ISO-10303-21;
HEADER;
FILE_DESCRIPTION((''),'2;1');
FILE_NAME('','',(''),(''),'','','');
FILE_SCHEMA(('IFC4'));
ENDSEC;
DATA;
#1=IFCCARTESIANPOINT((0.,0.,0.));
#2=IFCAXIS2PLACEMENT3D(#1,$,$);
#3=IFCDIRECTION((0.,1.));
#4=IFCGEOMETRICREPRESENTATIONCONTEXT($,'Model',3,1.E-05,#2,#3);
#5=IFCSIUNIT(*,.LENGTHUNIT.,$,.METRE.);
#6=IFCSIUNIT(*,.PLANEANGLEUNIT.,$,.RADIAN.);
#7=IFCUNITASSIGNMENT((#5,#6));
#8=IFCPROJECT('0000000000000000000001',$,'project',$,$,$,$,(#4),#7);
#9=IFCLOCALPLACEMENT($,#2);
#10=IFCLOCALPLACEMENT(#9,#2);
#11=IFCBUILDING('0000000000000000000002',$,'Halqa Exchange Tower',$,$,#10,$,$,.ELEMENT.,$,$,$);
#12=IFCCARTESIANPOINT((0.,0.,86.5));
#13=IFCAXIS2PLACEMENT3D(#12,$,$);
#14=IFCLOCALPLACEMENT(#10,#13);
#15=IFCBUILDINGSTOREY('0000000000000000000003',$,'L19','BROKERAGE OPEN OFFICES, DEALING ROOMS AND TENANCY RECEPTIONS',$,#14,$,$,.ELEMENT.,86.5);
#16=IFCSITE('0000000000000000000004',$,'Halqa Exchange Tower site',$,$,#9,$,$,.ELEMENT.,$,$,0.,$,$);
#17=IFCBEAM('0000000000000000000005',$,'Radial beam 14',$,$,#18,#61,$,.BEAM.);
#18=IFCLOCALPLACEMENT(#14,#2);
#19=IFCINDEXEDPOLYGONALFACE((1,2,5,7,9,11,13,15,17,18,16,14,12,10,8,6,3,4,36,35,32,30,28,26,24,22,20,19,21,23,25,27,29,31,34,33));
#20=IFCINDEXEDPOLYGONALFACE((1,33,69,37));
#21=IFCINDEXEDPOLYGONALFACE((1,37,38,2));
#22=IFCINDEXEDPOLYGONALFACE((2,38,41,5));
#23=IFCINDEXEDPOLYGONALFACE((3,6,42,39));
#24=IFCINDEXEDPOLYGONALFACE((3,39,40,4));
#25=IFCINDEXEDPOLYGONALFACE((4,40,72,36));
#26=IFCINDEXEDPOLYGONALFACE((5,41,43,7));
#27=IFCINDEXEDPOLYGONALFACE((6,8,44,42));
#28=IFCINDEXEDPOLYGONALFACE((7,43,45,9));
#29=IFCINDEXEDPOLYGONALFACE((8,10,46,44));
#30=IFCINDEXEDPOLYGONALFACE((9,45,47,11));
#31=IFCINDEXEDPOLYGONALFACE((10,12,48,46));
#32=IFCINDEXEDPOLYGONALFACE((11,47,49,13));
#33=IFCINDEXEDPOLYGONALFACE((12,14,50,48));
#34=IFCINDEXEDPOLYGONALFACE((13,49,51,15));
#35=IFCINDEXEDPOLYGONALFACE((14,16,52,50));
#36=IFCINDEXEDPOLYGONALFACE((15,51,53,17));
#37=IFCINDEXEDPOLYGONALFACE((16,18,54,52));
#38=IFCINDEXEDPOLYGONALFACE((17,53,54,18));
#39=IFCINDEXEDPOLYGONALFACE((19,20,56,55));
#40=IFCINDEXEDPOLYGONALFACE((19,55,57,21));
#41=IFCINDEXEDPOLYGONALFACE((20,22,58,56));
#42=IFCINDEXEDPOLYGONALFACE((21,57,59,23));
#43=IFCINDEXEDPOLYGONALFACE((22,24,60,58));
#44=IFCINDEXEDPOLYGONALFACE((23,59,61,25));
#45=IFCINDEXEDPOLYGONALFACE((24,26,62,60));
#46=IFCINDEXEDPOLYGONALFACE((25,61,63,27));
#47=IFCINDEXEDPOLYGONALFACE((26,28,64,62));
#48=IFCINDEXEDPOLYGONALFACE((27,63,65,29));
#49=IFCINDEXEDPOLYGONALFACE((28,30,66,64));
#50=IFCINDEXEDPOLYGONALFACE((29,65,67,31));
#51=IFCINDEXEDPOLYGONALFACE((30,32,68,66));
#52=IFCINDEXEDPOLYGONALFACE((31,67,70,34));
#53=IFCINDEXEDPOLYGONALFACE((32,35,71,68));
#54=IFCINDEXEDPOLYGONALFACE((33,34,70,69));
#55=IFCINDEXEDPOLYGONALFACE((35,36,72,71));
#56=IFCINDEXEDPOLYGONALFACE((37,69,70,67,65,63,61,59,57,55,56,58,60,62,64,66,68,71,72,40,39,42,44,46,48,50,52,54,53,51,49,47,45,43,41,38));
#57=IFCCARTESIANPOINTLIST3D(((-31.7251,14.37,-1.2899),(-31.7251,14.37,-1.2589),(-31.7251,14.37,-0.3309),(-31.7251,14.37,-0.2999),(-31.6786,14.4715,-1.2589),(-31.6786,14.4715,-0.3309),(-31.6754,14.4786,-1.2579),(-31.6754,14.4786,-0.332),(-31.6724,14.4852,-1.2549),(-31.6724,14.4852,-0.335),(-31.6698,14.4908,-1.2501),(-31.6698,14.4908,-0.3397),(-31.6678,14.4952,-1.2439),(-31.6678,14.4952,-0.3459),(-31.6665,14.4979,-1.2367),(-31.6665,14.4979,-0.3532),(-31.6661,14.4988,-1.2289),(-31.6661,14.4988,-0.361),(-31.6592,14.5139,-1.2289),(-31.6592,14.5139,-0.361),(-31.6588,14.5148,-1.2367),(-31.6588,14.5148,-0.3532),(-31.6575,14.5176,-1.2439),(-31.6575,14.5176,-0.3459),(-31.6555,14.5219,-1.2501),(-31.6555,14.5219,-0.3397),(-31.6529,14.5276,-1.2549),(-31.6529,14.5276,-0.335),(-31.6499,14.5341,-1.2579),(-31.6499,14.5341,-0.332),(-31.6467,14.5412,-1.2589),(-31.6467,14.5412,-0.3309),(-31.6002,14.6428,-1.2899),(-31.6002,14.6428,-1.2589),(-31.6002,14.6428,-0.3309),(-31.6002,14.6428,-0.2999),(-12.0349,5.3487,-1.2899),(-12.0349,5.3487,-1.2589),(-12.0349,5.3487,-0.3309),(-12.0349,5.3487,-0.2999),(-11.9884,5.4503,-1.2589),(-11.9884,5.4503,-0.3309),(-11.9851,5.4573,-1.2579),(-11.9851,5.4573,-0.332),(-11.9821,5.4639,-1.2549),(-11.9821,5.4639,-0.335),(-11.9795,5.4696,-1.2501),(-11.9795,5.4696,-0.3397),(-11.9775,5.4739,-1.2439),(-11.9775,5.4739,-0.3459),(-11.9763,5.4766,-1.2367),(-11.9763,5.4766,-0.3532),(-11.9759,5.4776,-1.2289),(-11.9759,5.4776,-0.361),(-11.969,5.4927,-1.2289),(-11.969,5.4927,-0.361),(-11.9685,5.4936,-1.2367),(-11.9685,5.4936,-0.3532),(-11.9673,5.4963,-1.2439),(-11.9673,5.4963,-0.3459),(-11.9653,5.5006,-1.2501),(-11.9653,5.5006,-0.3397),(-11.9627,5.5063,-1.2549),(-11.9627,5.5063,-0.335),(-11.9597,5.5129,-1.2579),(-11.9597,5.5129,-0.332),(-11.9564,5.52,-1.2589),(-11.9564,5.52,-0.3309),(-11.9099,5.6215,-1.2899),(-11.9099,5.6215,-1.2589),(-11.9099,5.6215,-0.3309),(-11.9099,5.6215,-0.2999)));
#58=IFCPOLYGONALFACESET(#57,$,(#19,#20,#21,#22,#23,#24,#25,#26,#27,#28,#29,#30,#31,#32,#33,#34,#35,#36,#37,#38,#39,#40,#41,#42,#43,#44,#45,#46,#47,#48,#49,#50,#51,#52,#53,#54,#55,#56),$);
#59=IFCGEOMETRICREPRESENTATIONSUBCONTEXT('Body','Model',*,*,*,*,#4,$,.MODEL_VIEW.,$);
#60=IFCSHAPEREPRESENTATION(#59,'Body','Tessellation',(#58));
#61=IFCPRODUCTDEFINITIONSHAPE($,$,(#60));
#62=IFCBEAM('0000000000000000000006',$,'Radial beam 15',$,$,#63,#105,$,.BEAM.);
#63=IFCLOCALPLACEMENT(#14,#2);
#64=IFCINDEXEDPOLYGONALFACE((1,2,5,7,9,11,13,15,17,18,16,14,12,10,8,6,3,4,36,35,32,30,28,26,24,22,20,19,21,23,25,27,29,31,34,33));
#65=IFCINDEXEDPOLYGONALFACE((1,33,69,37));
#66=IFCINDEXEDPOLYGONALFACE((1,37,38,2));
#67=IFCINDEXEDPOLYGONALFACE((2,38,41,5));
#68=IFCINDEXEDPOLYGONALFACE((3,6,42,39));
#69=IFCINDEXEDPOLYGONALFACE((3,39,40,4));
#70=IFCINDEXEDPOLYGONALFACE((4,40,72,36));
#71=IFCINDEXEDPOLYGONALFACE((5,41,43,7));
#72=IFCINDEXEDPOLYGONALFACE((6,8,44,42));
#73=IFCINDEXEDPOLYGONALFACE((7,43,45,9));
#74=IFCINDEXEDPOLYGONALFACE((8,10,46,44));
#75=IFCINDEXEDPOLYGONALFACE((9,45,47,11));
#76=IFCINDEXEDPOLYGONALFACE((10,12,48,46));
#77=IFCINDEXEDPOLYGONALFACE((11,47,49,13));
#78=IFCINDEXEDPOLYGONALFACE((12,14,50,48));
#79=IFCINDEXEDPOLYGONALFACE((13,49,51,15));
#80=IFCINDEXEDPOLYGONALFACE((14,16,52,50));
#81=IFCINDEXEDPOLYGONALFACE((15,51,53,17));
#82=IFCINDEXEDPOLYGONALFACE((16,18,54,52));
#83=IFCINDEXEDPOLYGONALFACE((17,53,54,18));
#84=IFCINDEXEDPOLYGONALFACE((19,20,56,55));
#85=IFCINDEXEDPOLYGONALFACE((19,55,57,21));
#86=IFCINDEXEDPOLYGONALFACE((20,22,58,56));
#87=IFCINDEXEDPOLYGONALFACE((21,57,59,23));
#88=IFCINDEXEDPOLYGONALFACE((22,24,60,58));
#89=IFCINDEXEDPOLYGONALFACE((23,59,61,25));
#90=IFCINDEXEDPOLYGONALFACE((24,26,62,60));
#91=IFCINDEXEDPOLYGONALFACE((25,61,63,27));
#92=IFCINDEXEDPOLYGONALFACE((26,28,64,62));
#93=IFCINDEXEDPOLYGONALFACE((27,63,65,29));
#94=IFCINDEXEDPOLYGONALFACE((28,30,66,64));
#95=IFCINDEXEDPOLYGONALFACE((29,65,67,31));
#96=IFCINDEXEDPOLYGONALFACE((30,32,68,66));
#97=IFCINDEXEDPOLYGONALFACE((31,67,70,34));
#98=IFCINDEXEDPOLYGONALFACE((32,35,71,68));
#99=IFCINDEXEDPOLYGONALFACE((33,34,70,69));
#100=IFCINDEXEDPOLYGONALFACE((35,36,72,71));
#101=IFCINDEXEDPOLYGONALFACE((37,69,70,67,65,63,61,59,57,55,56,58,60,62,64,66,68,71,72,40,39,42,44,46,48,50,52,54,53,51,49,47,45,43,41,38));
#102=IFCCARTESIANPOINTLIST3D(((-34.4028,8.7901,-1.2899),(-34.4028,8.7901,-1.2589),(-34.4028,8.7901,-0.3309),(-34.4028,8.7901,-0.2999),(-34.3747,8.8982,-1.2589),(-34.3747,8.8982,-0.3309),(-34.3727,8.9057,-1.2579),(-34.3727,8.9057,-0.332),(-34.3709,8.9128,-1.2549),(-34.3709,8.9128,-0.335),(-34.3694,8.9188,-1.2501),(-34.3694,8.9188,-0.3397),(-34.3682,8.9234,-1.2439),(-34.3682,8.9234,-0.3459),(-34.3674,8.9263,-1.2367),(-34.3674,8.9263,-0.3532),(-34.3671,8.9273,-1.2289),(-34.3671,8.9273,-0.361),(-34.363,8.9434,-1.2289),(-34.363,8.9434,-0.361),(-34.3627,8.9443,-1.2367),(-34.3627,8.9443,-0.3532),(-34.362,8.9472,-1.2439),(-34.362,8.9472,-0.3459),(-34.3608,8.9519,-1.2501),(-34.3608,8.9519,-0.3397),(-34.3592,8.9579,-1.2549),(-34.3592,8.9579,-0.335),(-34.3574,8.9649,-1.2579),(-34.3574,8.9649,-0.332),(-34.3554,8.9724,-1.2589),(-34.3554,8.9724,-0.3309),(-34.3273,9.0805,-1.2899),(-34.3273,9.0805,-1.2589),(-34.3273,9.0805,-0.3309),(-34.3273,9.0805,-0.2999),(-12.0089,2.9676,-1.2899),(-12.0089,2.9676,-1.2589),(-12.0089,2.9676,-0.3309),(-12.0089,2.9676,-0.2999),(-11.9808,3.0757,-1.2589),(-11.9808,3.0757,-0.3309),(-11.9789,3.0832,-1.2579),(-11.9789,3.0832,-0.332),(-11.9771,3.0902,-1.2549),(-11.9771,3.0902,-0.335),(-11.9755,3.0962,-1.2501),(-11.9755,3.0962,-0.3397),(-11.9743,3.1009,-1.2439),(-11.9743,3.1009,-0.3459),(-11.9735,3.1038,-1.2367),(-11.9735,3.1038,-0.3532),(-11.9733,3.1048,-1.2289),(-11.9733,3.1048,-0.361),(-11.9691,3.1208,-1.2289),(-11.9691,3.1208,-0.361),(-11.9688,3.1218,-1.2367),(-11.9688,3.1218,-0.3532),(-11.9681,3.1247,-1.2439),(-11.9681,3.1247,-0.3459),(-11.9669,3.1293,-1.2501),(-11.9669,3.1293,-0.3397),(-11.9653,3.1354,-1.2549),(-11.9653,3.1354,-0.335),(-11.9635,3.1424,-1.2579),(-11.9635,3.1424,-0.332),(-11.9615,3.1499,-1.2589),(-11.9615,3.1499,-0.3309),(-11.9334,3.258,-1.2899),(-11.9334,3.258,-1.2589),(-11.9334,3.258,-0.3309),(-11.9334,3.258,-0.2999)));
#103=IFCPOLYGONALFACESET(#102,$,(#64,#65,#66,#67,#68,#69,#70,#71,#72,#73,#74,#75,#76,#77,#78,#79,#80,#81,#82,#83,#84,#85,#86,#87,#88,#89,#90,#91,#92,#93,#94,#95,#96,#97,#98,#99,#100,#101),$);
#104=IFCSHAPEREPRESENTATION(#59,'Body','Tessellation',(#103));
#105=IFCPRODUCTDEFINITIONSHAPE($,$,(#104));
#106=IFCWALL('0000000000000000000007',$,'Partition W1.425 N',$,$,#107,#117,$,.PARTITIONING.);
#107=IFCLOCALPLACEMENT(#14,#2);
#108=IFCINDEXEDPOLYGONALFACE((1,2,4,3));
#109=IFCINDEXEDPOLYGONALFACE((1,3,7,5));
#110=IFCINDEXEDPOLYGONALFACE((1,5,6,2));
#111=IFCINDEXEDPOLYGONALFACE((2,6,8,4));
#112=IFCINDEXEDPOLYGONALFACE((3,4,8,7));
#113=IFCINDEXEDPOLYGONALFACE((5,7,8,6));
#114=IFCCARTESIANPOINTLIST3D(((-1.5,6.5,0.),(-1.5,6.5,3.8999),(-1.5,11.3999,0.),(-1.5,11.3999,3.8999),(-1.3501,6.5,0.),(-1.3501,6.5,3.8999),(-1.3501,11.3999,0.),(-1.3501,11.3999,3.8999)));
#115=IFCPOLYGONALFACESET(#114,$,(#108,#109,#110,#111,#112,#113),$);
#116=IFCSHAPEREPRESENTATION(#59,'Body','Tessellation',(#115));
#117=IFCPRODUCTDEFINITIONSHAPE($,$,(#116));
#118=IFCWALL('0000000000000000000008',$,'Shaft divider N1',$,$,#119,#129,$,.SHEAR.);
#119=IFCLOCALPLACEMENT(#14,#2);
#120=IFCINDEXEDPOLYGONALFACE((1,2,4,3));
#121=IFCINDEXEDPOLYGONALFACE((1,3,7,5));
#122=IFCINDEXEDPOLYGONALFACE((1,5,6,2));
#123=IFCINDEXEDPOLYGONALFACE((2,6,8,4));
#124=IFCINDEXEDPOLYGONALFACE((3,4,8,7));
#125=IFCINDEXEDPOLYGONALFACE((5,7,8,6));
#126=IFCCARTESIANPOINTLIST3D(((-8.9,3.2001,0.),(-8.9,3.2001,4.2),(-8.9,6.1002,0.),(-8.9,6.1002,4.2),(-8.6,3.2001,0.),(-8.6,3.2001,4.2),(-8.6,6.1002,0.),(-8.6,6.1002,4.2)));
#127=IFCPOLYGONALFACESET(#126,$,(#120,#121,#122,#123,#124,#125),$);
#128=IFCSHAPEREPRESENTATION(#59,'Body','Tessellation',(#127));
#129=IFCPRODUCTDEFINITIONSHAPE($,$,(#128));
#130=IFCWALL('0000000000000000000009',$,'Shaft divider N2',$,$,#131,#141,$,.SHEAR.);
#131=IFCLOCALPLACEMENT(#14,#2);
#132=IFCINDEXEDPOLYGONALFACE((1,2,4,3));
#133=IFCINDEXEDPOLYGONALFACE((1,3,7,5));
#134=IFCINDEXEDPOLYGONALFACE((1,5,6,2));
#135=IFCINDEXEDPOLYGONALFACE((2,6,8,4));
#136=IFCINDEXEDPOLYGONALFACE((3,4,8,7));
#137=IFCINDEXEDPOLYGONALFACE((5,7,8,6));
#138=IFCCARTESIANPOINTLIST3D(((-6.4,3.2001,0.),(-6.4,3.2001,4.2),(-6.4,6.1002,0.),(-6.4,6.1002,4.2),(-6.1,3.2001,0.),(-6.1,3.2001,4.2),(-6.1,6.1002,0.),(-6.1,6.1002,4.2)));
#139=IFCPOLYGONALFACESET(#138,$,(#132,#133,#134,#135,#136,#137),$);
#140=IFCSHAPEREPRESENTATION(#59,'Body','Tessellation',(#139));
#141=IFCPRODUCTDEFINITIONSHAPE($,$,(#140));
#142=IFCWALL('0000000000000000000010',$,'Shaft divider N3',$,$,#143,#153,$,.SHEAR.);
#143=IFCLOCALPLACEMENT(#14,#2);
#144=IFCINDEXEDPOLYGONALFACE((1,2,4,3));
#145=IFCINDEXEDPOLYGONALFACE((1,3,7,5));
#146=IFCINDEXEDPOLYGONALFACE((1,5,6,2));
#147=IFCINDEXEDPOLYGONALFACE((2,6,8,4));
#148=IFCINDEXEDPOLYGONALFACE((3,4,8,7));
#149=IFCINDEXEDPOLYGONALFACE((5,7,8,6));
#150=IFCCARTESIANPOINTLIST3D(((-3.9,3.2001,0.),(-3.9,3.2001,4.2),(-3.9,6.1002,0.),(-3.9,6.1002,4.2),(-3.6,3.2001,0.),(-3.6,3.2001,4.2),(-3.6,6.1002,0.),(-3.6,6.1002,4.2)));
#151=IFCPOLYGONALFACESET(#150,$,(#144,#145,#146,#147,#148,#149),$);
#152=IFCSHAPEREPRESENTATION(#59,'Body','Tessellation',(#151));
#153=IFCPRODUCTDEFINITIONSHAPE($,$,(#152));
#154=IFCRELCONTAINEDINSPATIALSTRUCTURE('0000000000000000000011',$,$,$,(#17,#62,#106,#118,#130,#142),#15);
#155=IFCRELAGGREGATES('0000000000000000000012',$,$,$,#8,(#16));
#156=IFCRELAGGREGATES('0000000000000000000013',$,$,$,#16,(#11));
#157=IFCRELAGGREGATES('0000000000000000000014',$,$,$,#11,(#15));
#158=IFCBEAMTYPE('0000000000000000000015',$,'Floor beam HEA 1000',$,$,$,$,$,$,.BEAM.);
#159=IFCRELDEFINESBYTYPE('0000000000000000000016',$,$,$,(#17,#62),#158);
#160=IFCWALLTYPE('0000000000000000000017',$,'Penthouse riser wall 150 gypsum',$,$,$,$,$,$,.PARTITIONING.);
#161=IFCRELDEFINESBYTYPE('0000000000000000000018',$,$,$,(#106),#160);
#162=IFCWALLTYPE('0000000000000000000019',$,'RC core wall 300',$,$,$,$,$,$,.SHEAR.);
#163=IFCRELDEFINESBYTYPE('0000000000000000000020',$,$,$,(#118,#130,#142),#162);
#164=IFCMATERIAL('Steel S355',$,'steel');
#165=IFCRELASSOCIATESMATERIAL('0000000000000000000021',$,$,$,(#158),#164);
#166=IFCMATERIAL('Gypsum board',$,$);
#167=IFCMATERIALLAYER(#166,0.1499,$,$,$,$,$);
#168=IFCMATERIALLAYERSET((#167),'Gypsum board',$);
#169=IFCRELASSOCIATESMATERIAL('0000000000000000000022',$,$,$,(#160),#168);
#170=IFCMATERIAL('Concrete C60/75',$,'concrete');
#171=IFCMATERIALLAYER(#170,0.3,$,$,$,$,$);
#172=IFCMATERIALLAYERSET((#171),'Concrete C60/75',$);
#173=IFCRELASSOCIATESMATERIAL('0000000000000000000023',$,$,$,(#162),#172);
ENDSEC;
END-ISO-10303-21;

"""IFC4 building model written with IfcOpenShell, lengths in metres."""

from ifc_helpers import new_model, si_unit, direction, frame, frame_2d, origin, origin_2d, place, context, subcontext, project, spatial, rectangle, i_section, extrude, material, layer, layer_set, material_profile, profile_set, type_object, element, save


model = new_model("IFC4")

# Units and contexts
model_context = context("Model", 3, precision=1e-05, world=origin(), true_north=direction((0.0, 1.0)))
body_context = subcontext(model_context, "Body", "Model", "MODEL_VIEW")
ifc_project = project(units=[si_unit("LENGTHUNIT", "METRE"), si_unit("PLANEANGLEUNIT", "RADIAN")], contexts=[model_context])

# Site, building, storey
site_placement = place(None, origin())
site = spatial("IfcSite", under=ifc_project, at=site_placement, Name="Halqa Exchange Tower site", CompositionType="ELEMENT", RefElevation=0.0)
building_placement = place(site_placement, origin())
building = spatial("IfcBuilding", under=site, at=building_placement, Name="Halqa Exchange Tower", CompositionType="ELEMENT")
storey_placement = place(building_placement, frame((0.0, 0.0, 86.5)))
storey = spatial("IfcBuildingStorey", under=building, at=storey_placement, Name="L19", Description="BROKERAGE OPEN OFFICES, DEALING ROOMS AND TENANCY RECEPTIONS", CompositionType="ELEMENT", Elevation=86.5)

# Beams
ifc_material_1 = material(Name="Steel S355", Category="steel")
ifc_material_profile = material_profile(ifc_material_1, i_section(OverallWidth=0.3, OverallDepth=0.99, WebThickness=0.0166, FlangeThickness=0.031, FilletRadius=0.03, at=origin_2d()), Name="HEA 1000")
ifc_profile_set = profile_set([ifc_material_profile], Name="Steel S355")
beam_type = type_object("IfcBeamType", Name="Floor beam HEA 1000", PredefinedType="BEAM", material=ifc_profile_set)
beam_1_placement = place(storey_placement, frame((-11.9724, 5.4851, -0.7949), z_axis=(-0.909125, 0.416524, 0.0), x_axis=(-0.416524, -0.909125, 0.0)))
element("IfcBeam", 1, at=beam_1_placement, inside=storey, type_object=beam_type, Name="Radial beam 14", PredefinedType="BEAM", context=body_context, shape_type="SweptSolid", body=[
    extrude(i_section(OverallWidth=0.3, OverallDepth=0.99, WebThickness=0.0166, FlangeThickness=0.031, FilletRadius=0.03, at=origin_2d()), origin(), (0.0, 0.0, 1.0), 21.6584),
])
beam_2_placement = place(storey_placement, frame((-11.9712, 3.1128, -0.7949), z_axis=(-0.967821, 0.251639, 0.0), x_axis=(-0.251639, -0.967821, 0.0)))
element("IfcBeam", 2, at=beam_2_placement, inside=storey, type_object=beam_type, Name="Radial beam 15", PredefinedType="BEAM", context=body_context, shape_type="SweptSolid", body=[
    extrude(i_section(OverallWidth=0.3, OverallDepth=0.99, WebThickness=0.0166, FlangeThickness=0.031, FilletRadius=0.03, at=origin_2d()), origin(), (0.0, 0.0, 1.0), 23.1384),
])

# Walls
ifc_material_2 = material(Name="Gypsum board")
ifc_layer_1 = layer(ifc_material_2, 0.1499)
ifc_layer_set_1 = layer_set([ifc_layer_1], Name="Gypsum board")
wall_type_1 = type_object("IfcWallType", Name="Penthouse riser wall 150 gypsum", PredefinedType="PARTITIONING", material=ifc_layer_set_1)
wall_1_placement = place(storey_placement, frame((-1.425, 6.5, 0.0), z_axis=(0.0, 0.0, 1.0), x_axis=(0.0, 1.0, 0.0)))
element("IfcWall", 3, at=wall_1_placement, inside=storey, type_object=wall_type_1, Name="Partition W1.425 N", PredefinedType="PARTITIONING", context=body_context, shape_type="SweptSolid", body=[
    extrude(rectangle(XDim=4.8999, YDim=0.1499, at=frame_2d((2.45, 0.0))), origin(), (0.0, 0.0, 1.0), 3.8999),
])
ifc_material_3 = material(Name="Concrete C60/75", Category="concrete")
ifc_layer_2 = layer(ifc_material_3, 0.3)
ifc_layer_set_2 = layer_set([ifc_layer_2], Name="Concrete C60/75")
wall_type_2 = type_object("IfcWallType", Name="RC core wall 300", PredefinedType="SHEAR", material=ifc_layer_set_2)
for number, where, z_axis, x_axis, name in (
    (4, (-8.75, 3.2, 0.0), (0.0, 0.0, 1.0), (0.0, 1.0, 0.0), "Shaft divider N1"),
    (5, (-6.25, 3.2, 0.0), (0.0, 0.0, 1.0), (0.0, 1.0, 0.0), "Shaft divider N2"),
    (6, (-3.75, 3.2, 0.0), (0.0, 0.0, 1.0), (0.0, 1.0, 0.0), "Shaft divider N3"),
):
    element("IfcWall", number, at=place(storey_placement, frame(where, z_axis=z_axis, x_axis=x_axis)), inside=storey, type_object=wall_type_2, Name=name, PredefinedType="SHEAR", context=body_context, shape_type="SweptSolid", body=[
        extrude(rectangle(XDim=2.9001, YDim=0.3, at=frame_2d((1.4502, 0.0))), origin(), (0.0, 0.0, 1.0), 4.2),
    ])

save(model, "model.ifc")
